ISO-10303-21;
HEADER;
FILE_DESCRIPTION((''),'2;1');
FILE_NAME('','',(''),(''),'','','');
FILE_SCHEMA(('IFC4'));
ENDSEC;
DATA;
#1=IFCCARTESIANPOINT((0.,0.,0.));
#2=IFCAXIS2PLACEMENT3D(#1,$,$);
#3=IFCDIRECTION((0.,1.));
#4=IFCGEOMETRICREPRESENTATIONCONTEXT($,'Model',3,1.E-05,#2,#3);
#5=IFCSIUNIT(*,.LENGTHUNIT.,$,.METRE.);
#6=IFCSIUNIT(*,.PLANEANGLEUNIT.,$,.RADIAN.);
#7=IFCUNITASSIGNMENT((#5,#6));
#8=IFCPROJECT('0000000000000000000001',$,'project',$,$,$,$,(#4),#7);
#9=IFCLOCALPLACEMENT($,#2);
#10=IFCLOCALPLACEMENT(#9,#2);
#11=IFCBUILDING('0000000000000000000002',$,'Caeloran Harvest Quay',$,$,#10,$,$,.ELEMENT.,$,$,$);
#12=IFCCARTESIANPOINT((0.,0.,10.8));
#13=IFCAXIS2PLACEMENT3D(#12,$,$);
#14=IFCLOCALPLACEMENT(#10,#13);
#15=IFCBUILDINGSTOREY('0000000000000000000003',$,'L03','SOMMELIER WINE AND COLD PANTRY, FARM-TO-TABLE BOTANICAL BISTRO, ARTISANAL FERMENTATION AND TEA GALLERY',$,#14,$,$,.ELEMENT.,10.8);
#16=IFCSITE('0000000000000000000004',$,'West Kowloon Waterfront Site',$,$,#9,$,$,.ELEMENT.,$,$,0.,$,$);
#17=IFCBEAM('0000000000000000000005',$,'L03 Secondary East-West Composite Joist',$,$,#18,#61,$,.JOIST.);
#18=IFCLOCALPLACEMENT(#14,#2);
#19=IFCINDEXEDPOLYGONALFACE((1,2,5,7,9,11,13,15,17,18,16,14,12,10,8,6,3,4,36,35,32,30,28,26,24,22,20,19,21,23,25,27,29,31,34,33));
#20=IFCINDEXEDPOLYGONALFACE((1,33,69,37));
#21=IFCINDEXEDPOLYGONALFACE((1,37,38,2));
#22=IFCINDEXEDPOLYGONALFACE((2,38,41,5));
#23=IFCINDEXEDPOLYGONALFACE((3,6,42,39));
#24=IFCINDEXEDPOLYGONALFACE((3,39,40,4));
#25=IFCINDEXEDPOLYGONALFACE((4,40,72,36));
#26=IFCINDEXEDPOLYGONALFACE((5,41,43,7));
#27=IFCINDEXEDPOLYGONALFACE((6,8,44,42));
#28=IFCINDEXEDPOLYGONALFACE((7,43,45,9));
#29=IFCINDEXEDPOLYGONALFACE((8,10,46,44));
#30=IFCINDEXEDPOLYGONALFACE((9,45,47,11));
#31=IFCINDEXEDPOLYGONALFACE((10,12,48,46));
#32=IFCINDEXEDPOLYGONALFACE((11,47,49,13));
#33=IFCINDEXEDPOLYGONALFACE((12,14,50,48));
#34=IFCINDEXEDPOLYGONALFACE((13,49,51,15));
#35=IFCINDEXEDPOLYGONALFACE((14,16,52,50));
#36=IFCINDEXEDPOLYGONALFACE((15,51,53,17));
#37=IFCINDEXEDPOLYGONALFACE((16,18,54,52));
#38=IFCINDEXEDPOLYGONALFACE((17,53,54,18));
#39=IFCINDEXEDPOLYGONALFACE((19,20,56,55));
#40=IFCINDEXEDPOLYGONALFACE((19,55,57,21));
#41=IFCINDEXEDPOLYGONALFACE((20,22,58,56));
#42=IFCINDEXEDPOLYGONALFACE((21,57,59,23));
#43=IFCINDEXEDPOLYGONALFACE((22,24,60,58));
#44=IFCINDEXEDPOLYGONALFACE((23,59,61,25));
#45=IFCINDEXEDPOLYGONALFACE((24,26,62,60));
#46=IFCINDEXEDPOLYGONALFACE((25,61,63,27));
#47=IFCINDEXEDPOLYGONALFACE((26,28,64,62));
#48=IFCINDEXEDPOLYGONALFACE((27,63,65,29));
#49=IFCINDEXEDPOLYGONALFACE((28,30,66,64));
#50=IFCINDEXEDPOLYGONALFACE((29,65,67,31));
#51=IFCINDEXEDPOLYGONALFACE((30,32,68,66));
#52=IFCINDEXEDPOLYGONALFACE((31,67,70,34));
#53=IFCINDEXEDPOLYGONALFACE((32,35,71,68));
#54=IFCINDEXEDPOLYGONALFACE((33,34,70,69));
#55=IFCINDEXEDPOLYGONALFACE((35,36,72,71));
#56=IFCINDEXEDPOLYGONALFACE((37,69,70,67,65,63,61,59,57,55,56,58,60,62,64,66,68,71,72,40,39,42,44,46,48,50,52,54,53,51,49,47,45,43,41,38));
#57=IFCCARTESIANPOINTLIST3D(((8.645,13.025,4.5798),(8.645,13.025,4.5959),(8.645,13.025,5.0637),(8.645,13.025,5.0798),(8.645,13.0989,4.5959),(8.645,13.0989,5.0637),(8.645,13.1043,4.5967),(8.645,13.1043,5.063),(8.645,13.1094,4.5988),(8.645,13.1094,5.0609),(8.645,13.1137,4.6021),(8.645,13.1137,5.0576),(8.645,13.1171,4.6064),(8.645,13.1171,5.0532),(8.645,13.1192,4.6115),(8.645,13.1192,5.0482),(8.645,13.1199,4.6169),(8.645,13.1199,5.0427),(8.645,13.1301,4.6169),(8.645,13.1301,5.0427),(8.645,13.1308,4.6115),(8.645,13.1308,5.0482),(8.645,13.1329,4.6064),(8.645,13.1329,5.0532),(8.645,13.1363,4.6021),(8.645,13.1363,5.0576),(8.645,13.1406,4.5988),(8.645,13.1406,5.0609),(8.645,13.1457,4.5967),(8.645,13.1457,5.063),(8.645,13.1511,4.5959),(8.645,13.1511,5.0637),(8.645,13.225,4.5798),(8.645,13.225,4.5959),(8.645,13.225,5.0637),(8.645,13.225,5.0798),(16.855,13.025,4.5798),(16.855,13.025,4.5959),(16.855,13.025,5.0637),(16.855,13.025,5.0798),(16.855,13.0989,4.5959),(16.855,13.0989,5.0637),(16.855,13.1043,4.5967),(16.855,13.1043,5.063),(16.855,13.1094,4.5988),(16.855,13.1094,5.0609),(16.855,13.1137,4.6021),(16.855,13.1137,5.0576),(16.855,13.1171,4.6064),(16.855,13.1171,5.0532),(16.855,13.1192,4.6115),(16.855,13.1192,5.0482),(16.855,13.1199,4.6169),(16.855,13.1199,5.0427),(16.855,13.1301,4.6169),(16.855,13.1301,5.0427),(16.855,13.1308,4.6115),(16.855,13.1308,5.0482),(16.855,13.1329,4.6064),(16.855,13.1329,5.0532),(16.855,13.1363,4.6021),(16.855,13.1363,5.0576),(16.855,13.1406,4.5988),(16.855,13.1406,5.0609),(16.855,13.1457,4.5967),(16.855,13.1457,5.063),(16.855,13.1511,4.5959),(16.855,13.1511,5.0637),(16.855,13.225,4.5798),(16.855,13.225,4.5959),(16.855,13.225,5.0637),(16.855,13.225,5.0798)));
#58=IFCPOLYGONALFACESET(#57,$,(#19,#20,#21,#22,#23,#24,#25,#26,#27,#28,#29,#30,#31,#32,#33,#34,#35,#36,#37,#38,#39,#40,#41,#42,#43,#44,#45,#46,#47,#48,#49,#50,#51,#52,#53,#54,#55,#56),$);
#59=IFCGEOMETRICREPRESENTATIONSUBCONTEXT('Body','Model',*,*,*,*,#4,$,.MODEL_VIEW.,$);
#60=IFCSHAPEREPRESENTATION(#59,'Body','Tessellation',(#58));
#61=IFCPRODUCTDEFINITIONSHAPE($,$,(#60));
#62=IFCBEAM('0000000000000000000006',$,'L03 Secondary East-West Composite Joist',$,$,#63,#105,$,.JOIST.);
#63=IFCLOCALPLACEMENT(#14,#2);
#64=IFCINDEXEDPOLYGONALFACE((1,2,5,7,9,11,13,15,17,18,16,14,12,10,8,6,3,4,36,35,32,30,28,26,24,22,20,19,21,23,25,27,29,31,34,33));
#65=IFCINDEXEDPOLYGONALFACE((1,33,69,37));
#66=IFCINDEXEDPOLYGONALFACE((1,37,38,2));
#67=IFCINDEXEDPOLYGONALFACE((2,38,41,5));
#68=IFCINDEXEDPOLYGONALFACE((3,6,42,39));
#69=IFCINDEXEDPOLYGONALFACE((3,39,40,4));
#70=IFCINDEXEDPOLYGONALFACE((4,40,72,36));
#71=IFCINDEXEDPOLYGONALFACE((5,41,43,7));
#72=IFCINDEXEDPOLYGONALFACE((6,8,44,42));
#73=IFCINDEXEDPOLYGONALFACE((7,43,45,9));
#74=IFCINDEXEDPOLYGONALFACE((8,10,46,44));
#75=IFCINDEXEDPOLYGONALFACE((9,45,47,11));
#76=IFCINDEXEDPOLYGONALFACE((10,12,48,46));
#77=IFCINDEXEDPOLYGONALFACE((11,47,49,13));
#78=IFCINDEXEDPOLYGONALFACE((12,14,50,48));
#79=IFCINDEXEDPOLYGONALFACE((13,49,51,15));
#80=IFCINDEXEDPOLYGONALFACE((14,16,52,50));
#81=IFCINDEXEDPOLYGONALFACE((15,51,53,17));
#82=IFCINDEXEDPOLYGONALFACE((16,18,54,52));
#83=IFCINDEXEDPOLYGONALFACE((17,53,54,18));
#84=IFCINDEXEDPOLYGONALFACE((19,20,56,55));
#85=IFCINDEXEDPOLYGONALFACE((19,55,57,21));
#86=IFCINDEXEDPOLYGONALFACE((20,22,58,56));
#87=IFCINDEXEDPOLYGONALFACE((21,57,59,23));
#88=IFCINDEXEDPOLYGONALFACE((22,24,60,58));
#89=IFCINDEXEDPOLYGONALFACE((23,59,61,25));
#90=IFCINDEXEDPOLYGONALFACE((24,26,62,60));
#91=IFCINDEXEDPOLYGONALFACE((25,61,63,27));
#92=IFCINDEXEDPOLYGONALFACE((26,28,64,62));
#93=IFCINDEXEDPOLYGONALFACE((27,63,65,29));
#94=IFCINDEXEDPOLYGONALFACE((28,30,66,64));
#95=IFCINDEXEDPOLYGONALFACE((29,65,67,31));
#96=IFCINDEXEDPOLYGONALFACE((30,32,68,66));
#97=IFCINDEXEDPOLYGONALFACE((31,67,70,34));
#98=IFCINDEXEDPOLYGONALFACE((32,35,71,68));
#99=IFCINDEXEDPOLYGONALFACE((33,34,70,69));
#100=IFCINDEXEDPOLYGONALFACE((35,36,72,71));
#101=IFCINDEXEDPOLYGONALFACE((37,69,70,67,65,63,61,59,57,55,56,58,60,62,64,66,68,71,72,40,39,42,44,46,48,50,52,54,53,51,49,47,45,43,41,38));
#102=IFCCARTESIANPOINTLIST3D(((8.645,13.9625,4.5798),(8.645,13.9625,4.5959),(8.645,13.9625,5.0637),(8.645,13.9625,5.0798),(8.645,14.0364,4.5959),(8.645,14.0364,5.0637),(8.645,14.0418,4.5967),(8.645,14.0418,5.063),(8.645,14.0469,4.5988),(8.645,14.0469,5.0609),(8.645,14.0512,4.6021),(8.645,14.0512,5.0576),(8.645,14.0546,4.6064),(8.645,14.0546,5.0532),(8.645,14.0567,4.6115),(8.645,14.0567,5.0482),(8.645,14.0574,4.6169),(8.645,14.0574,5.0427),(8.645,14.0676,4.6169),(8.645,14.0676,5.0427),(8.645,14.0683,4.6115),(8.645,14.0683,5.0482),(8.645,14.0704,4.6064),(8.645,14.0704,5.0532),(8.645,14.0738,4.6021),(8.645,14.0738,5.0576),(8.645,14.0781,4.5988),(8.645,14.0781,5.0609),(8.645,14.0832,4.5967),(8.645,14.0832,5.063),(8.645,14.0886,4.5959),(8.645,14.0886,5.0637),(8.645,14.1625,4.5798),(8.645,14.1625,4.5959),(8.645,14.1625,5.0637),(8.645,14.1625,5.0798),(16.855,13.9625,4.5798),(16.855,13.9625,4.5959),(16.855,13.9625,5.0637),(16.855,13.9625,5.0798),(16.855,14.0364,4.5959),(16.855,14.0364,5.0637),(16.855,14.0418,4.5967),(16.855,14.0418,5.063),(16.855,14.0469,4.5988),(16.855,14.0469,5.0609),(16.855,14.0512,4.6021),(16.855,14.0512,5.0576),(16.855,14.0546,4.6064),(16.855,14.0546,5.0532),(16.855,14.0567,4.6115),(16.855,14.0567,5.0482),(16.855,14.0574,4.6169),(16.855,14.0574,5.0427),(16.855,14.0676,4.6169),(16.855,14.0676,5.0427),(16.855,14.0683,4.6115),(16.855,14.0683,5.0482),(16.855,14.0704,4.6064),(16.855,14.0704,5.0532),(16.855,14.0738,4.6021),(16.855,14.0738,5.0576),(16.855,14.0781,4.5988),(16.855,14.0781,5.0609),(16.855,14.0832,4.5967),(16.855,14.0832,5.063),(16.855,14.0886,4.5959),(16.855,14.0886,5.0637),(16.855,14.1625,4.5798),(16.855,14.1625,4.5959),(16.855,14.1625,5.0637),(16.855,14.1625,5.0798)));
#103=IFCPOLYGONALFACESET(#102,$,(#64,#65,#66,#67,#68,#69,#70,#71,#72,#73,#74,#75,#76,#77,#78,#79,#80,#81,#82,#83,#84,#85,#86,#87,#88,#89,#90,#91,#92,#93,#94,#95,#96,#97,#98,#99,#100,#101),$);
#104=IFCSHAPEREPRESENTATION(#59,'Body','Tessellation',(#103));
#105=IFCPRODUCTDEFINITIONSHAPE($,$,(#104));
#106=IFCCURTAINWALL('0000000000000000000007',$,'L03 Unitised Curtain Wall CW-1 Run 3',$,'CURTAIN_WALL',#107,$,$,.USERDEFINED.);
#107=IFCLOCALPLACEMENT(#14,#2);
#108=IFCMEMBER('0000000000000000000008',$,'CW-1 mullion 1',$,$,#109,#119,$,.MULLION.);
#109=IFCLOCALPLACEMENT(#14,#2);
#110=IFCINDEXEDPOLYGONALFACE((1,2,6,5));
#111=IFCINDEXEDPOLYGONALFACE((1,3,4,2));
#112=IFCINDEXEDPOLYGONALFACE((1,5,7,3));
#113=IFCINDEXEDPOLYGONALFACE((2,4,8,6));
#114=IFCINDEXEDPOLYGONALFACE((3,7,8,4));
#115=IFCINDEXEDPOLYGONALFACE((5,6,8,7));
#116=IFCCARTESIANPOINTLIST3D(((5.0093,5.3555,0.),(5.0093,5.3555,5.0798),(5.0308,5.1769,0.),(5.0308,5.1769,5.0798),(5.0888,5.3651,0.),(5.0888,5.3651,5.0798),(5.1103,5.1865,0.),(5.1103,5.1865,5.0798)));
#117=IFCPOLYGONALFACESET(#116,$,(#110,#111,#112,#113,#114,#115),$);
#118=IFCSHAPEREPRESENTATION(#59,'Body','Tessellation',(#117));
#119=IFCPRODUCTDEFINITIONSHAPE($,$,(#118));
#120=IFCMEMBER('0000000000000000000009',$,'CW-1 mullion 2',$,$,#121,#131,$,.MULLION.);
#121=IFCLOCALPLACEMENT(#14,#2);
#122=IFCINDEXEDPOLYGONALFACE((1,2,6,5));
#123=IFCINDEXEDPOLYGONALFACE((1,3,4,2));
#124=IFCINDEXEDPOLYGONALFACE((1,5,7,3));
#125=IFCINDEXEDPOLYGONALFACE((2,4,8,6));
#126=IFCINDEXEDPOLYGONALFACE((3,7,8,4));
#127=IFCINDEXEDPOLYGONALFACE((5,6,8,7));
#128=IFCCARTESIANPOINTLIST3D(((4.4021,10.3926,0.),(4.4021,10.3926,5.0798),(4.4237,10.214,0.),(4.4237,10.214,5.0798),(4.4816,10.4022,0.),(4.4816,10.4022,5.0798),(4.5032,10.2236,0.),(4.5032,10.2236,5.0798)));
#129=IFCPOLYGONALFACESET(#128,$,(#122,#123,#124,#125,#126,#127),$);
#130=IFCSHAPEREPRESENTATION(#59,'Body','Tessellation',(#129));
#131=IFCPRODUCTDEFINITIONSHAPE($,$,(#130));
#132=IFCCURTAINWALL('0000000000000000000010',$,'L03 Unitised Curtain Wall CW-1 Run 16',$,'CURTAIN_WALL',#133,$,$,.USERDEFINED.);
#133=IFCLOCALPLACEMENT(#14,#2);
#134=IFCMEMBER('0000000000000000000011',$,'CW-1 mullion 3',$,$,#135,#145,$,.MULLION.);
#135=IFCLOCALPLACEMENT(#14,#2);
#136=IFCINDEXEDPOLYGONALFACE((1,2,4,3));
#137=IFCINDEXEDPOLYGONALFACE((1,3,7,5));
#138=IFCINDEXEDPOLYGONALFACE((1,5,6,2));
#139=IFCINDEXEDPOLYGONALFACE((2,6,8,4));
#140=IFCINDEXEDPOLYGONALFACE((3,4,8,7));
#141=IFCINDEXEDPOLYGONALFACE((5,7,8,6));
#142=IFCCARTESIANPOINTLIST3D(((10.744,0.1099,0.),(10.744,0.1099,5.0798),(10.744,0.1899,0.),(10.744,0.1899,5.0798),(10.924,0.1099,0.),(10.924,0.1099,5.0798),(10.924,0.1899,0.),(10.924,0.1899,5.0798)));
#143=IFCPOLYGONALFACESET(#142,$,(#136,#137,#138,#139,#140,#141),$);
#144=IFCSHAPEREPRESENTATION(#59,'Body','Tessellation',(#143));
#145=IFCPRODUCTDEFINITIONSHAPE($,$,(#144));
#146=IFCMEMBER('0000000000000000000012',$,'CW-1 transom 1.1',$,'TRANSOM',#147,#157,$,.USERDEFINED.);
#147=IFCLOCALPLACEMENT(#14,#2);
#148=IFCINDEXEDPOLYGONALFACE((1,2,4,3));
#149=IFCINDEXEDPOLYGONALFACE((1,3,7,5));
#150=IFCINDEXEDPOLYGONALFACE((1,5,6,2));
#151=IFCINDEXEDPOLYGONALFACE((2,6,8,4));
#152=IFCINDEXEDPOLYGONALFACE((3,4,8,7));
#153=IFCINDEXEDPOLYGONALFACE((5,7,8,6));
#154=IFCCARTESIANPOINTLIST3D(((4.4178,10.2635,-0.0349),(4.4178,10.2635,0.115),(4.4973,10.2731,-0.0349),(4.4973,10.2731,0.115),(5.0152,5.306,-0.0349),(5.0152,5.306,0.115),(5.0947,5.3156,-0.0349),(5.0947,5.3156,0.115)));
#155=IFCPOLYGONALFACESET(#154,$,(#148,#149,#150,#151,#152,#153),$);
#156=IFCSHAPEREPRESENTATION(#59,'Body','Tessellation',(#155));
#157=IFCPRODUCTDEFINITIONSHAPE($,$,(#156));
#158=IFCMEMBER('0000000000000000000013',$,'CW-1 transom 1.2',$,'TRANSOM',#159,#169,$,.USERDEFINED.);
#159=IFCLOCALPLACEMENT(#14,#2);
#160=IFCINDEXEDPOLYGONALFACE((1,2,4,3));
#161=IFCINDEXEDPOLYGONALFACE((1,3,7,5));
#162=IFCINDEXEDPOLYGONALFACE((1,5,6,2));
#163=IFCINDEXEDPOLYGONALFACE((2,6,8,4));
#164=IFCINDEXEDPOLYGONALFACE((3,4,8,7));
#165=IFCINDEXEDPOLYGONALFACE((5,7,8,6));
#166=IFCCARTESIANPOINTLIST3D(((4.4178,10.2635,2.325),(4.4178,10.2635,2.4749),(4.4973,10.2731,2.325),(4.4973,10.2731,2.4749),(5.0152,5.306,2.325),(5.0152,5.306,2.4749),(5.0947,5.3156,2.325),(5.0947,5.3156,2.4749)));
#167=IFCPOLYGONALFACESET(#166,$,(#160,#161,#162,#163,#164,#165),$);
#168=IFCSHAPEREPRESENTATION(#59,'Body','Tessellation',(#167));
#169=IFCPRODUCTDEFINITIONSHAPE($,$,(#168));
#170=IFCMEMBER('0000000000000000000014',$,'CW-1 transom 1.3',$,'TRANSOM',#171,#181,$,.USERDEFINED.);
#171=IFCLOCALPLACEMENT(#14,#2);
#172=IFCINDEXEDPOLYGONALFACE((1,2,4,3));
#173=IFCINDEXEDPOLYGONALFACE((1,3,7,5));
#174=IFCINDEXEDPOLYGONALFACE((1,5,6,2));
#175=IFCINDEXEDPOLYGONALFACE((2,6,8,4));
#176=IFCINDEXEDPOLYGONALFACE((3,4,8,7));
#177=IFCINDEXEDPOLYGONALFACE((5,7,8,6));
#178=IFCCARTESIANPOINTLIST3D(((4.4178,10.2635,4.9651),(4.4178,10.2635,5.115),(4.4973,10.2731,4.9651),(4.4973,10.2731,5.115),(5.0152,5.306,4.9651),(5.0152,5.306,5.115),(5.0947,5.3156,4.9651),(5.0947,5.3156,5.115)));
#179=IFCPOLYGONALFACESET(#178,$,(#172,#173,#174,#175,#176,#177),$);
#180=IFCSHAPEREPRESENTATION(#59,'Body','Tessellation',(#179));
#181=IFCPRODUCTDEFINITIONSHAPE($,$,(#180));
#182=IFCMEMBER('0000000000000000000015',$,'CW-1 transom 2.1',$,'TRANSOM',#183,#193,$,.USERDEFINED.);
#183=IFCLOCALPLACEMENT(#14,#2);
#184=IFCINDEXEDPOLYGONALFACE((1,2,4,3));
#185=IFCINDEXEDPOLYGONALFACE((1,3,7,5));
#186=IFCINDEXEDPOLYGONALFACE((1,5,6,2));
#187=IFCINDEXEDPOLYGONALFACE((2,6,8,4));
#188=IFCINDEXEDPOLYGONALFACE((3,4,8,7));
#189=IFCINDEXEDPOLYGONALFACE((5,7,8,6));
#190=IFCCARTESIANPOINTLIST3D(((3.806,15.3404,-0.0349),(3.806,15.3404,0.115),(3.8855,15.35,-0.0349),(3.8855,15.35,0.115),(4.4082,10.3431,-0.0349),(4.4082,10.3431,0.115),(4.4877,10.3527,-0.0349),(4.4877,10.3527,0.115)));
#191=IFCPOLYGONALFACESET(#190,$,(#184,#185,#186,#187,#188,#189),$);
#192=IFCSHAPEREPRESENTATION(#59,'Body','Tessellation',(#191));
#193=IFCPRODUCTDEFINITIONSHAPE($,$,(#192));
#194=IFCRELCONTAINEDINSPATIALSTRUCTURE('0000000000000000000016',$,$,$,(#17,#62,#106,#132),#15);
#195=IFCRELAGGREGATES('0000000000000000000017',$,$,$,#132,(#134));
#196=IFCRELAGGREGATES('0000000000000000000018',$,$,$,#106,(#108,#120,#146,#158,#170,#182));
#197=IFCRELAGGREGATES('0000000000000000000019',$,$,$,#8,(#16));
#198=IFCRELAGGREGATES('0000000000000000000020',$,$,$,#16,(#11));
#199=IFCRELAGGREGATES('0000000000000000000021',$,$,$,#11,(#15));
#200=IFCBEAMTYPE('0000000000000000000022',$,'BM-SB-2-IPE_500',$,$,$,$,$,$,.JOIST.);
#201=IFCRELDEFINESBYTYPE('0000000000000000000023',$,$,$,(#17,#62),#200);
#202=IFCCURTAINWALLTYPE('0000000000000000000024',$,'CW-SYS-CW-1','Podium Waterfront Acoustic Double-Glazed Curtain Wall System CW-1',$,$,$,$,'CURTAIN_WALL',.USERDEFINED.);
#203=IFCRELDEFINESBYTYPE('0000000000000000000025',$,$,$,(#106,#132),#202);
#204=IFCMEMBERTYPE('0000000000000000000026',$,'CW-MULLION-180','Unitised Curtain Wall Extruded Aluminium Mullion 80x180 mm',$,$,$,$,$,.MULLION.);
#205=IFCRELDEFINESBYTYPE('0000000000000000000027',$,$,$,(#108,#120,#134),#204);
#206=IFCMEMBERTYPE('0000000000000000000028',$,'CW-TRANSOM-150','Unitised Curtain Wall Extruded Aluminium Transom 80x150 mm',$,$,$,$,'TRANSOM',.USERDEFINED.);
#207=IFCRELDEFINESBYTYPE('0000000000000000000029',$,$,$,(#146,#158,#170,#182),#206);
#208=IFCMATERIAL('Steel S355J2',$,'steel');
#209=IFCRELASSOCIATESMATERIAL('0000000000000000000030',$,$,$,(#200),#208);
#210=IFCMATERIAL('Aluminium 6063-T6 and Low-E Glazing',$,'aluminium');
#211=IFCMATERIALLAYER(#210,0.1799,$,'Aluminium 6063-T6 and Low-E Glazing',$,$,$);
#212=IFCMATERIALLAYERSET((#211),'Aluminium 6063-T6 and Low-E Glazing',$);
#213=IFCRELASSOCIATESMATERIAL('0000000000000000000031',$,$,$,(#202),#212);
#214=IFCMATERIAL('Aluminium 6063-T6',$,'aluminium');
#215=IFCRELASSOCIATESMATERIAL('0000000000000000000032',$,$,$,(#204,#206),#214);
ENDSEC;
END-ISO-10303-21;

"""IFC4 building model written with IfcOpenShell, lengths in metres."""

from ifc_helpers import new_model, si_unit, direction, frame, origin, origin_2d, place, context, subcontext, project, spatial, rectangle, i_section, extrude, material, layer, layer_set, material_profile, profile_set, type_object, element, aggregate, save


model = new_model("IFC4")

# Units and contexts
model_context = context("Model", 3, precision=1e-05, world=origin(), true_north=direction((0.0, 1.0)))
body_context = subcontext(model_context, "Body", "Model", "MODEL_VIEW")
ifc_project = project(units=[si_unit("LENGTHUNIT", "METRE"), si_unit("PLANEANGLEUNIT", "RADIAN")], contexts=[model_context])

# Site, building, storey
site_placement = place(None, origin())
site = spatial("IfcSite", under=ifc_project, at=site_placement, Name="West Kowloon Waterfront Site", CompositionType="ELEMENT", RefElevation=0.0)
building_placement = place(site_placement, origin())
building = spatial("IfcBuilding", under=site, at=building_placement, Name="Caeloran Harvest Quay", CompositionType="ELEMENT")
storey_placement = place(building_placement, frame((0.0, 0.0, 10.8)))
storey = spatial("IfcBuildingStorey", under=building, at=storey_placement, Name="L03", Description="SOMMELIER WINE AND COLD PANTRY, FARM-TO-TABLE BOTANICAL BISTRO, ARTISANAL FERMENTATION AND TEA GALLERY", CompositionType="ELEMENT", Elevation=10.8)

# Beams
ifc_material_1 = material(Name="Steel S355J2", Category="steel")
ifc_material_profile_1 = material_profile(ifc_material_1, i_section(OverallWidth=0.2, OverallDepth=0.5, WebThickness=0.0103, FlangeThickness=0.0161, FilletRadius=0.021, at=origin_2d()), Name="IPE 500")
ifc_profile_set_1 = profile_set([ifc_material_profile_1], Name="Steel S355J2")
beam_type_1 = type_object("IfcBeamType", Name="BM-SB-2-IPE_500", PredefinedType="JOIST", material=ifc_profile_set_1)
for number, where, z_axis, x_axis, name in (
    (1, (8.645, 13.125, 4.8298), (1.0, 0.0, 0.0), (0.0, 1.0, 0.0), "L03 Secondary East-West Composite Joist"),
    (2, (8.645, 14.0625, 4.8298), (1.0, 0.0, 0.0), (0.0, 1.0, 0.0), "L03 Secondary East-West Composite Joist"),
):
    element("IfcBeam", number, at=place(storey_placement, frame(where, z_axis=z_axis, x_axis=x_axis)), inside=storey, type_object=beam_type_1, Name=name, PredefinedType="JOIST", context=body_context, shape_type="SweptSolid", body=[
        extrude(i_section(OverallWidth=0.2, OverallDepth=0.5, WebThickness=0.0103, FlangeThickness=0.0161, FilletRadius=0.021, at=origin_2d()), origin(), (0.0, 0.0, 1.0), 8.21),
    ])

# Curtain wall, members
ifc_material_2 = material(Name="Aluminium 6063-T6 and Low-E Glazing", Category="aluminium")
ifc_layer_1 = layer(ifc_material_2, 0.1799, Name="Aluminium 6063-T6 and Low-E Glazing")
ifc_layer_set_1 = layer_set([ifc_layer_1], Name="Aluminium 6063-T6 and Low-E Glazing")
curtain_wall_type = type_object("IfcCurtainWallType", Name="CW-SYS-CW-1", Description="Podium Waterfront Acoustic Double-Glazed Curtain Wall System CW-1", ElementType="CURTAIN_WALL", PredefinedType="USERDEFINED", material=ifc_layer_set_1)
curtain_wall_1_placement = place(storey_placement, origin())
curtain_wall_1 = element("IfcCurtainWall", 3, at=curtain_wall_1_placement, inside=storey, type_object=curtain_wall_type, Name="L03 Unitised Curtain Wall CW-1 Run 3", ObjectType="CURTAIN_WALL", PredefinedType="USERDEFINED")
ifc_material_3 = material(Name="Aluminium 6063-T6", Category="aluminium")
ifc_material_profile_2 = material_profile(ifc_material_3, rectangle(XDim=0.0801, YDim=0.1799, at=origin_2d()), Name="CW-MULLION-180")
ifc_profile_set_2 = profile_set([ifc_material_profile_2], Name="Aluminium 6063-T6")
member_type_1 = type_object("IfcMemberType", Name="CW-MULLION-180", Description="Unitised Curtain Wall Extruded Aluminium Mullion 80x180 mm", PredefinedType="MULLION", material=ifc_profile_set_2)
member_1_placement = place(storey_placement, frame((5.0598, 5.271, 0.0), z_axis=(0.0, 0.0, 1.0), x_axis=(-0.992816, -0.119655, 0.0)))
member_1 = element("IfcMember", 4, at=member_1_placement, type_object=member_type_1, Name="CW-1 mullion 1", PredefinedType="MULLION", context=body_context, shape_type="SweptSolid", body=[
    extrude(rectangle(XDim=0.0801, YDim=0.1799, at=origin_2d()), origin(), (0.0, 0.0, 1.0), 5.0798),
])
member_2_placement = place(storey_placement, frame((4.4526, 10.3081, 0.0), z_axis=(0.0, 0.0, 1.0), x_axis=(-0.992816, -0.119655, 0.0)))
member_2 = element("IfcMember", 5, at=member_2_placement, type_object=member_type_1, Name="CW-1 mullion 2", PredefinedType="MULLION", context=body_context, shape_type="SweptSolid", body=[
    extrude(rectangle(XDim=0.0801, YDim=0.1799, at=origin_2d()), origin(), (0.0, 0.0, 1.0), 5.0798),
])

# Curtain wall, member
curtain_wall_2_placement = place(storey_placement, origin())
curtain_wall_2 = element("IfcCurtainWall", 6, at=curtain_wall_2_placement, inside=storey, type_object=curtain_wall_type, Name="L03 Unitised Curtain Wall CW-1 Run 16", ObjectType="CURTAIN_WALL", PredefinedType="USERDEFINED")
member_3_placement = place(storey_placement, frame((10.834, 0.1499, 0.0), z_axis=(0.0, 0.0, 1.0), x_axis=(0.0, -1.0, 0.0)))
member_3 = element("IfcMember", 7, at=member_3_placement, type_object=member_type_1, Name="CW-1 mullion 3", PredefinedType="MULLION", context=body_context, shape_type="SweptSolid", body=[
    extrude(rectangle(XDim=0.0801, YDim=0.1799, at=origin_2d()), origin(), (0.0, 0.0, 1.0), 5.0798),
])
aggregate(curtain_wall_2, [member_3])

# Members
ifc_material_profile_3 = material_profile(ifc_material_3, rectangle(XDim=0.0801, YDim=0.1499, at=origin_2d()), Name="CW-TRANSOM-150")
ifc_profile_set_3 = profile_set([ifc_material_profile_3], Name="Aluminium 6063-T6")
member_type_2 = type_object("IfcMemberType", Name="CW-TRANSOM-150", Description="Unitised Curtain Wall Extruded Aluminium Transom 80x150 mm", ElementType="TRANSOM", PredefinedType="USERDEFINED", material=ifc_profile_set_3)
member_4_placement = place(storey_placement, frame((5.0549, 5.3108, 0.04), z_axis=(-0.119641, 0.992817, 0.0), x_axis=(-0.992817, -0.119641, 0.0)))
member_4 = element("IfcMember", 8, at=member_4_placement, type_object=member_type_2, Name="CW-1 transom 1.1", ObjectType="TRANSOM", PredefinedType="USERDEFINED", context=body_context, shape_type="SweptSolid", body=[
    extrude(rectangle(XDim=0.0801, YDim=0.1499, at=origin_2d()), origin(), (0.0, 0.0, 1.0), 4.9934),
])
member_5_placement = place(storey_placement, frame((5.0549, 5.3108, 2.3999), z_axis=(-0.119641, 0.992817, 0.0), x_axis=(-0.992817, -0.119641, 0.0)))
member_5 = element("IfcMember", 9, at=member_5_placement, type_object=member_type_2, Name="CW-1 transom 1.2", ObjectType="TRANSOM", PredefinedType="USERDEFINED", context=body_context, shape_type="SweptSolid", body=[
    extrude(rectangle(XDim=0.0801, YDim=0.1499, at=origin_2d()), origin(), (0.0, 0.0, 1.0), 4.9934),
])
member_6_placement = place(storey_placement, frame((5.0549, 5.3108, 5.04), z_axis=(-0.119641, 0.992817, 0.0), x_axis=(-0.992817, -0.119641, 0.0)))
member_6 = element("IfcMember", 10, at=member_6_placement, type_object=member_type_2, Name="CW-1 transom 1.3", ObjectType="TRANSOM", PredefinedType="USERDEFINED", context=body_context, shape_type="SweptSolid", body=[
    extrude(rectangle(XDim=0.0801, YDim=0.1499, at=origin_2d()), origin(), (0.0, 0.0, 1.0), 4.9934),
])
member_7_placement = place(storey_placement, frame((4.448, 10.3479, 0.04), z_axis=(-0.119658, 0.992815, 0.0), x_axis=(-0.992815, -0.119658, 0.0)))
member_7 = element("IfcMember", 11, at=member_7_placement, type_object=member_type_2, Name="CW-1 transom 2.1", ObjectType="TRANSOM", PredefinedType="USERDEFINED", context=body_context, shape_type="SweptSolid", body=[
    extrude(rectangle(XDim=0.0801, YDim=0.1499, at=origin_2d()), origin(), (0.0, 0.0, 1.0), 5.0334),
])

aggregate(curtain_wall_1, [member_1, member_2, member_4, member_5, member_6, member_7])

save(model, "model.ifc")
